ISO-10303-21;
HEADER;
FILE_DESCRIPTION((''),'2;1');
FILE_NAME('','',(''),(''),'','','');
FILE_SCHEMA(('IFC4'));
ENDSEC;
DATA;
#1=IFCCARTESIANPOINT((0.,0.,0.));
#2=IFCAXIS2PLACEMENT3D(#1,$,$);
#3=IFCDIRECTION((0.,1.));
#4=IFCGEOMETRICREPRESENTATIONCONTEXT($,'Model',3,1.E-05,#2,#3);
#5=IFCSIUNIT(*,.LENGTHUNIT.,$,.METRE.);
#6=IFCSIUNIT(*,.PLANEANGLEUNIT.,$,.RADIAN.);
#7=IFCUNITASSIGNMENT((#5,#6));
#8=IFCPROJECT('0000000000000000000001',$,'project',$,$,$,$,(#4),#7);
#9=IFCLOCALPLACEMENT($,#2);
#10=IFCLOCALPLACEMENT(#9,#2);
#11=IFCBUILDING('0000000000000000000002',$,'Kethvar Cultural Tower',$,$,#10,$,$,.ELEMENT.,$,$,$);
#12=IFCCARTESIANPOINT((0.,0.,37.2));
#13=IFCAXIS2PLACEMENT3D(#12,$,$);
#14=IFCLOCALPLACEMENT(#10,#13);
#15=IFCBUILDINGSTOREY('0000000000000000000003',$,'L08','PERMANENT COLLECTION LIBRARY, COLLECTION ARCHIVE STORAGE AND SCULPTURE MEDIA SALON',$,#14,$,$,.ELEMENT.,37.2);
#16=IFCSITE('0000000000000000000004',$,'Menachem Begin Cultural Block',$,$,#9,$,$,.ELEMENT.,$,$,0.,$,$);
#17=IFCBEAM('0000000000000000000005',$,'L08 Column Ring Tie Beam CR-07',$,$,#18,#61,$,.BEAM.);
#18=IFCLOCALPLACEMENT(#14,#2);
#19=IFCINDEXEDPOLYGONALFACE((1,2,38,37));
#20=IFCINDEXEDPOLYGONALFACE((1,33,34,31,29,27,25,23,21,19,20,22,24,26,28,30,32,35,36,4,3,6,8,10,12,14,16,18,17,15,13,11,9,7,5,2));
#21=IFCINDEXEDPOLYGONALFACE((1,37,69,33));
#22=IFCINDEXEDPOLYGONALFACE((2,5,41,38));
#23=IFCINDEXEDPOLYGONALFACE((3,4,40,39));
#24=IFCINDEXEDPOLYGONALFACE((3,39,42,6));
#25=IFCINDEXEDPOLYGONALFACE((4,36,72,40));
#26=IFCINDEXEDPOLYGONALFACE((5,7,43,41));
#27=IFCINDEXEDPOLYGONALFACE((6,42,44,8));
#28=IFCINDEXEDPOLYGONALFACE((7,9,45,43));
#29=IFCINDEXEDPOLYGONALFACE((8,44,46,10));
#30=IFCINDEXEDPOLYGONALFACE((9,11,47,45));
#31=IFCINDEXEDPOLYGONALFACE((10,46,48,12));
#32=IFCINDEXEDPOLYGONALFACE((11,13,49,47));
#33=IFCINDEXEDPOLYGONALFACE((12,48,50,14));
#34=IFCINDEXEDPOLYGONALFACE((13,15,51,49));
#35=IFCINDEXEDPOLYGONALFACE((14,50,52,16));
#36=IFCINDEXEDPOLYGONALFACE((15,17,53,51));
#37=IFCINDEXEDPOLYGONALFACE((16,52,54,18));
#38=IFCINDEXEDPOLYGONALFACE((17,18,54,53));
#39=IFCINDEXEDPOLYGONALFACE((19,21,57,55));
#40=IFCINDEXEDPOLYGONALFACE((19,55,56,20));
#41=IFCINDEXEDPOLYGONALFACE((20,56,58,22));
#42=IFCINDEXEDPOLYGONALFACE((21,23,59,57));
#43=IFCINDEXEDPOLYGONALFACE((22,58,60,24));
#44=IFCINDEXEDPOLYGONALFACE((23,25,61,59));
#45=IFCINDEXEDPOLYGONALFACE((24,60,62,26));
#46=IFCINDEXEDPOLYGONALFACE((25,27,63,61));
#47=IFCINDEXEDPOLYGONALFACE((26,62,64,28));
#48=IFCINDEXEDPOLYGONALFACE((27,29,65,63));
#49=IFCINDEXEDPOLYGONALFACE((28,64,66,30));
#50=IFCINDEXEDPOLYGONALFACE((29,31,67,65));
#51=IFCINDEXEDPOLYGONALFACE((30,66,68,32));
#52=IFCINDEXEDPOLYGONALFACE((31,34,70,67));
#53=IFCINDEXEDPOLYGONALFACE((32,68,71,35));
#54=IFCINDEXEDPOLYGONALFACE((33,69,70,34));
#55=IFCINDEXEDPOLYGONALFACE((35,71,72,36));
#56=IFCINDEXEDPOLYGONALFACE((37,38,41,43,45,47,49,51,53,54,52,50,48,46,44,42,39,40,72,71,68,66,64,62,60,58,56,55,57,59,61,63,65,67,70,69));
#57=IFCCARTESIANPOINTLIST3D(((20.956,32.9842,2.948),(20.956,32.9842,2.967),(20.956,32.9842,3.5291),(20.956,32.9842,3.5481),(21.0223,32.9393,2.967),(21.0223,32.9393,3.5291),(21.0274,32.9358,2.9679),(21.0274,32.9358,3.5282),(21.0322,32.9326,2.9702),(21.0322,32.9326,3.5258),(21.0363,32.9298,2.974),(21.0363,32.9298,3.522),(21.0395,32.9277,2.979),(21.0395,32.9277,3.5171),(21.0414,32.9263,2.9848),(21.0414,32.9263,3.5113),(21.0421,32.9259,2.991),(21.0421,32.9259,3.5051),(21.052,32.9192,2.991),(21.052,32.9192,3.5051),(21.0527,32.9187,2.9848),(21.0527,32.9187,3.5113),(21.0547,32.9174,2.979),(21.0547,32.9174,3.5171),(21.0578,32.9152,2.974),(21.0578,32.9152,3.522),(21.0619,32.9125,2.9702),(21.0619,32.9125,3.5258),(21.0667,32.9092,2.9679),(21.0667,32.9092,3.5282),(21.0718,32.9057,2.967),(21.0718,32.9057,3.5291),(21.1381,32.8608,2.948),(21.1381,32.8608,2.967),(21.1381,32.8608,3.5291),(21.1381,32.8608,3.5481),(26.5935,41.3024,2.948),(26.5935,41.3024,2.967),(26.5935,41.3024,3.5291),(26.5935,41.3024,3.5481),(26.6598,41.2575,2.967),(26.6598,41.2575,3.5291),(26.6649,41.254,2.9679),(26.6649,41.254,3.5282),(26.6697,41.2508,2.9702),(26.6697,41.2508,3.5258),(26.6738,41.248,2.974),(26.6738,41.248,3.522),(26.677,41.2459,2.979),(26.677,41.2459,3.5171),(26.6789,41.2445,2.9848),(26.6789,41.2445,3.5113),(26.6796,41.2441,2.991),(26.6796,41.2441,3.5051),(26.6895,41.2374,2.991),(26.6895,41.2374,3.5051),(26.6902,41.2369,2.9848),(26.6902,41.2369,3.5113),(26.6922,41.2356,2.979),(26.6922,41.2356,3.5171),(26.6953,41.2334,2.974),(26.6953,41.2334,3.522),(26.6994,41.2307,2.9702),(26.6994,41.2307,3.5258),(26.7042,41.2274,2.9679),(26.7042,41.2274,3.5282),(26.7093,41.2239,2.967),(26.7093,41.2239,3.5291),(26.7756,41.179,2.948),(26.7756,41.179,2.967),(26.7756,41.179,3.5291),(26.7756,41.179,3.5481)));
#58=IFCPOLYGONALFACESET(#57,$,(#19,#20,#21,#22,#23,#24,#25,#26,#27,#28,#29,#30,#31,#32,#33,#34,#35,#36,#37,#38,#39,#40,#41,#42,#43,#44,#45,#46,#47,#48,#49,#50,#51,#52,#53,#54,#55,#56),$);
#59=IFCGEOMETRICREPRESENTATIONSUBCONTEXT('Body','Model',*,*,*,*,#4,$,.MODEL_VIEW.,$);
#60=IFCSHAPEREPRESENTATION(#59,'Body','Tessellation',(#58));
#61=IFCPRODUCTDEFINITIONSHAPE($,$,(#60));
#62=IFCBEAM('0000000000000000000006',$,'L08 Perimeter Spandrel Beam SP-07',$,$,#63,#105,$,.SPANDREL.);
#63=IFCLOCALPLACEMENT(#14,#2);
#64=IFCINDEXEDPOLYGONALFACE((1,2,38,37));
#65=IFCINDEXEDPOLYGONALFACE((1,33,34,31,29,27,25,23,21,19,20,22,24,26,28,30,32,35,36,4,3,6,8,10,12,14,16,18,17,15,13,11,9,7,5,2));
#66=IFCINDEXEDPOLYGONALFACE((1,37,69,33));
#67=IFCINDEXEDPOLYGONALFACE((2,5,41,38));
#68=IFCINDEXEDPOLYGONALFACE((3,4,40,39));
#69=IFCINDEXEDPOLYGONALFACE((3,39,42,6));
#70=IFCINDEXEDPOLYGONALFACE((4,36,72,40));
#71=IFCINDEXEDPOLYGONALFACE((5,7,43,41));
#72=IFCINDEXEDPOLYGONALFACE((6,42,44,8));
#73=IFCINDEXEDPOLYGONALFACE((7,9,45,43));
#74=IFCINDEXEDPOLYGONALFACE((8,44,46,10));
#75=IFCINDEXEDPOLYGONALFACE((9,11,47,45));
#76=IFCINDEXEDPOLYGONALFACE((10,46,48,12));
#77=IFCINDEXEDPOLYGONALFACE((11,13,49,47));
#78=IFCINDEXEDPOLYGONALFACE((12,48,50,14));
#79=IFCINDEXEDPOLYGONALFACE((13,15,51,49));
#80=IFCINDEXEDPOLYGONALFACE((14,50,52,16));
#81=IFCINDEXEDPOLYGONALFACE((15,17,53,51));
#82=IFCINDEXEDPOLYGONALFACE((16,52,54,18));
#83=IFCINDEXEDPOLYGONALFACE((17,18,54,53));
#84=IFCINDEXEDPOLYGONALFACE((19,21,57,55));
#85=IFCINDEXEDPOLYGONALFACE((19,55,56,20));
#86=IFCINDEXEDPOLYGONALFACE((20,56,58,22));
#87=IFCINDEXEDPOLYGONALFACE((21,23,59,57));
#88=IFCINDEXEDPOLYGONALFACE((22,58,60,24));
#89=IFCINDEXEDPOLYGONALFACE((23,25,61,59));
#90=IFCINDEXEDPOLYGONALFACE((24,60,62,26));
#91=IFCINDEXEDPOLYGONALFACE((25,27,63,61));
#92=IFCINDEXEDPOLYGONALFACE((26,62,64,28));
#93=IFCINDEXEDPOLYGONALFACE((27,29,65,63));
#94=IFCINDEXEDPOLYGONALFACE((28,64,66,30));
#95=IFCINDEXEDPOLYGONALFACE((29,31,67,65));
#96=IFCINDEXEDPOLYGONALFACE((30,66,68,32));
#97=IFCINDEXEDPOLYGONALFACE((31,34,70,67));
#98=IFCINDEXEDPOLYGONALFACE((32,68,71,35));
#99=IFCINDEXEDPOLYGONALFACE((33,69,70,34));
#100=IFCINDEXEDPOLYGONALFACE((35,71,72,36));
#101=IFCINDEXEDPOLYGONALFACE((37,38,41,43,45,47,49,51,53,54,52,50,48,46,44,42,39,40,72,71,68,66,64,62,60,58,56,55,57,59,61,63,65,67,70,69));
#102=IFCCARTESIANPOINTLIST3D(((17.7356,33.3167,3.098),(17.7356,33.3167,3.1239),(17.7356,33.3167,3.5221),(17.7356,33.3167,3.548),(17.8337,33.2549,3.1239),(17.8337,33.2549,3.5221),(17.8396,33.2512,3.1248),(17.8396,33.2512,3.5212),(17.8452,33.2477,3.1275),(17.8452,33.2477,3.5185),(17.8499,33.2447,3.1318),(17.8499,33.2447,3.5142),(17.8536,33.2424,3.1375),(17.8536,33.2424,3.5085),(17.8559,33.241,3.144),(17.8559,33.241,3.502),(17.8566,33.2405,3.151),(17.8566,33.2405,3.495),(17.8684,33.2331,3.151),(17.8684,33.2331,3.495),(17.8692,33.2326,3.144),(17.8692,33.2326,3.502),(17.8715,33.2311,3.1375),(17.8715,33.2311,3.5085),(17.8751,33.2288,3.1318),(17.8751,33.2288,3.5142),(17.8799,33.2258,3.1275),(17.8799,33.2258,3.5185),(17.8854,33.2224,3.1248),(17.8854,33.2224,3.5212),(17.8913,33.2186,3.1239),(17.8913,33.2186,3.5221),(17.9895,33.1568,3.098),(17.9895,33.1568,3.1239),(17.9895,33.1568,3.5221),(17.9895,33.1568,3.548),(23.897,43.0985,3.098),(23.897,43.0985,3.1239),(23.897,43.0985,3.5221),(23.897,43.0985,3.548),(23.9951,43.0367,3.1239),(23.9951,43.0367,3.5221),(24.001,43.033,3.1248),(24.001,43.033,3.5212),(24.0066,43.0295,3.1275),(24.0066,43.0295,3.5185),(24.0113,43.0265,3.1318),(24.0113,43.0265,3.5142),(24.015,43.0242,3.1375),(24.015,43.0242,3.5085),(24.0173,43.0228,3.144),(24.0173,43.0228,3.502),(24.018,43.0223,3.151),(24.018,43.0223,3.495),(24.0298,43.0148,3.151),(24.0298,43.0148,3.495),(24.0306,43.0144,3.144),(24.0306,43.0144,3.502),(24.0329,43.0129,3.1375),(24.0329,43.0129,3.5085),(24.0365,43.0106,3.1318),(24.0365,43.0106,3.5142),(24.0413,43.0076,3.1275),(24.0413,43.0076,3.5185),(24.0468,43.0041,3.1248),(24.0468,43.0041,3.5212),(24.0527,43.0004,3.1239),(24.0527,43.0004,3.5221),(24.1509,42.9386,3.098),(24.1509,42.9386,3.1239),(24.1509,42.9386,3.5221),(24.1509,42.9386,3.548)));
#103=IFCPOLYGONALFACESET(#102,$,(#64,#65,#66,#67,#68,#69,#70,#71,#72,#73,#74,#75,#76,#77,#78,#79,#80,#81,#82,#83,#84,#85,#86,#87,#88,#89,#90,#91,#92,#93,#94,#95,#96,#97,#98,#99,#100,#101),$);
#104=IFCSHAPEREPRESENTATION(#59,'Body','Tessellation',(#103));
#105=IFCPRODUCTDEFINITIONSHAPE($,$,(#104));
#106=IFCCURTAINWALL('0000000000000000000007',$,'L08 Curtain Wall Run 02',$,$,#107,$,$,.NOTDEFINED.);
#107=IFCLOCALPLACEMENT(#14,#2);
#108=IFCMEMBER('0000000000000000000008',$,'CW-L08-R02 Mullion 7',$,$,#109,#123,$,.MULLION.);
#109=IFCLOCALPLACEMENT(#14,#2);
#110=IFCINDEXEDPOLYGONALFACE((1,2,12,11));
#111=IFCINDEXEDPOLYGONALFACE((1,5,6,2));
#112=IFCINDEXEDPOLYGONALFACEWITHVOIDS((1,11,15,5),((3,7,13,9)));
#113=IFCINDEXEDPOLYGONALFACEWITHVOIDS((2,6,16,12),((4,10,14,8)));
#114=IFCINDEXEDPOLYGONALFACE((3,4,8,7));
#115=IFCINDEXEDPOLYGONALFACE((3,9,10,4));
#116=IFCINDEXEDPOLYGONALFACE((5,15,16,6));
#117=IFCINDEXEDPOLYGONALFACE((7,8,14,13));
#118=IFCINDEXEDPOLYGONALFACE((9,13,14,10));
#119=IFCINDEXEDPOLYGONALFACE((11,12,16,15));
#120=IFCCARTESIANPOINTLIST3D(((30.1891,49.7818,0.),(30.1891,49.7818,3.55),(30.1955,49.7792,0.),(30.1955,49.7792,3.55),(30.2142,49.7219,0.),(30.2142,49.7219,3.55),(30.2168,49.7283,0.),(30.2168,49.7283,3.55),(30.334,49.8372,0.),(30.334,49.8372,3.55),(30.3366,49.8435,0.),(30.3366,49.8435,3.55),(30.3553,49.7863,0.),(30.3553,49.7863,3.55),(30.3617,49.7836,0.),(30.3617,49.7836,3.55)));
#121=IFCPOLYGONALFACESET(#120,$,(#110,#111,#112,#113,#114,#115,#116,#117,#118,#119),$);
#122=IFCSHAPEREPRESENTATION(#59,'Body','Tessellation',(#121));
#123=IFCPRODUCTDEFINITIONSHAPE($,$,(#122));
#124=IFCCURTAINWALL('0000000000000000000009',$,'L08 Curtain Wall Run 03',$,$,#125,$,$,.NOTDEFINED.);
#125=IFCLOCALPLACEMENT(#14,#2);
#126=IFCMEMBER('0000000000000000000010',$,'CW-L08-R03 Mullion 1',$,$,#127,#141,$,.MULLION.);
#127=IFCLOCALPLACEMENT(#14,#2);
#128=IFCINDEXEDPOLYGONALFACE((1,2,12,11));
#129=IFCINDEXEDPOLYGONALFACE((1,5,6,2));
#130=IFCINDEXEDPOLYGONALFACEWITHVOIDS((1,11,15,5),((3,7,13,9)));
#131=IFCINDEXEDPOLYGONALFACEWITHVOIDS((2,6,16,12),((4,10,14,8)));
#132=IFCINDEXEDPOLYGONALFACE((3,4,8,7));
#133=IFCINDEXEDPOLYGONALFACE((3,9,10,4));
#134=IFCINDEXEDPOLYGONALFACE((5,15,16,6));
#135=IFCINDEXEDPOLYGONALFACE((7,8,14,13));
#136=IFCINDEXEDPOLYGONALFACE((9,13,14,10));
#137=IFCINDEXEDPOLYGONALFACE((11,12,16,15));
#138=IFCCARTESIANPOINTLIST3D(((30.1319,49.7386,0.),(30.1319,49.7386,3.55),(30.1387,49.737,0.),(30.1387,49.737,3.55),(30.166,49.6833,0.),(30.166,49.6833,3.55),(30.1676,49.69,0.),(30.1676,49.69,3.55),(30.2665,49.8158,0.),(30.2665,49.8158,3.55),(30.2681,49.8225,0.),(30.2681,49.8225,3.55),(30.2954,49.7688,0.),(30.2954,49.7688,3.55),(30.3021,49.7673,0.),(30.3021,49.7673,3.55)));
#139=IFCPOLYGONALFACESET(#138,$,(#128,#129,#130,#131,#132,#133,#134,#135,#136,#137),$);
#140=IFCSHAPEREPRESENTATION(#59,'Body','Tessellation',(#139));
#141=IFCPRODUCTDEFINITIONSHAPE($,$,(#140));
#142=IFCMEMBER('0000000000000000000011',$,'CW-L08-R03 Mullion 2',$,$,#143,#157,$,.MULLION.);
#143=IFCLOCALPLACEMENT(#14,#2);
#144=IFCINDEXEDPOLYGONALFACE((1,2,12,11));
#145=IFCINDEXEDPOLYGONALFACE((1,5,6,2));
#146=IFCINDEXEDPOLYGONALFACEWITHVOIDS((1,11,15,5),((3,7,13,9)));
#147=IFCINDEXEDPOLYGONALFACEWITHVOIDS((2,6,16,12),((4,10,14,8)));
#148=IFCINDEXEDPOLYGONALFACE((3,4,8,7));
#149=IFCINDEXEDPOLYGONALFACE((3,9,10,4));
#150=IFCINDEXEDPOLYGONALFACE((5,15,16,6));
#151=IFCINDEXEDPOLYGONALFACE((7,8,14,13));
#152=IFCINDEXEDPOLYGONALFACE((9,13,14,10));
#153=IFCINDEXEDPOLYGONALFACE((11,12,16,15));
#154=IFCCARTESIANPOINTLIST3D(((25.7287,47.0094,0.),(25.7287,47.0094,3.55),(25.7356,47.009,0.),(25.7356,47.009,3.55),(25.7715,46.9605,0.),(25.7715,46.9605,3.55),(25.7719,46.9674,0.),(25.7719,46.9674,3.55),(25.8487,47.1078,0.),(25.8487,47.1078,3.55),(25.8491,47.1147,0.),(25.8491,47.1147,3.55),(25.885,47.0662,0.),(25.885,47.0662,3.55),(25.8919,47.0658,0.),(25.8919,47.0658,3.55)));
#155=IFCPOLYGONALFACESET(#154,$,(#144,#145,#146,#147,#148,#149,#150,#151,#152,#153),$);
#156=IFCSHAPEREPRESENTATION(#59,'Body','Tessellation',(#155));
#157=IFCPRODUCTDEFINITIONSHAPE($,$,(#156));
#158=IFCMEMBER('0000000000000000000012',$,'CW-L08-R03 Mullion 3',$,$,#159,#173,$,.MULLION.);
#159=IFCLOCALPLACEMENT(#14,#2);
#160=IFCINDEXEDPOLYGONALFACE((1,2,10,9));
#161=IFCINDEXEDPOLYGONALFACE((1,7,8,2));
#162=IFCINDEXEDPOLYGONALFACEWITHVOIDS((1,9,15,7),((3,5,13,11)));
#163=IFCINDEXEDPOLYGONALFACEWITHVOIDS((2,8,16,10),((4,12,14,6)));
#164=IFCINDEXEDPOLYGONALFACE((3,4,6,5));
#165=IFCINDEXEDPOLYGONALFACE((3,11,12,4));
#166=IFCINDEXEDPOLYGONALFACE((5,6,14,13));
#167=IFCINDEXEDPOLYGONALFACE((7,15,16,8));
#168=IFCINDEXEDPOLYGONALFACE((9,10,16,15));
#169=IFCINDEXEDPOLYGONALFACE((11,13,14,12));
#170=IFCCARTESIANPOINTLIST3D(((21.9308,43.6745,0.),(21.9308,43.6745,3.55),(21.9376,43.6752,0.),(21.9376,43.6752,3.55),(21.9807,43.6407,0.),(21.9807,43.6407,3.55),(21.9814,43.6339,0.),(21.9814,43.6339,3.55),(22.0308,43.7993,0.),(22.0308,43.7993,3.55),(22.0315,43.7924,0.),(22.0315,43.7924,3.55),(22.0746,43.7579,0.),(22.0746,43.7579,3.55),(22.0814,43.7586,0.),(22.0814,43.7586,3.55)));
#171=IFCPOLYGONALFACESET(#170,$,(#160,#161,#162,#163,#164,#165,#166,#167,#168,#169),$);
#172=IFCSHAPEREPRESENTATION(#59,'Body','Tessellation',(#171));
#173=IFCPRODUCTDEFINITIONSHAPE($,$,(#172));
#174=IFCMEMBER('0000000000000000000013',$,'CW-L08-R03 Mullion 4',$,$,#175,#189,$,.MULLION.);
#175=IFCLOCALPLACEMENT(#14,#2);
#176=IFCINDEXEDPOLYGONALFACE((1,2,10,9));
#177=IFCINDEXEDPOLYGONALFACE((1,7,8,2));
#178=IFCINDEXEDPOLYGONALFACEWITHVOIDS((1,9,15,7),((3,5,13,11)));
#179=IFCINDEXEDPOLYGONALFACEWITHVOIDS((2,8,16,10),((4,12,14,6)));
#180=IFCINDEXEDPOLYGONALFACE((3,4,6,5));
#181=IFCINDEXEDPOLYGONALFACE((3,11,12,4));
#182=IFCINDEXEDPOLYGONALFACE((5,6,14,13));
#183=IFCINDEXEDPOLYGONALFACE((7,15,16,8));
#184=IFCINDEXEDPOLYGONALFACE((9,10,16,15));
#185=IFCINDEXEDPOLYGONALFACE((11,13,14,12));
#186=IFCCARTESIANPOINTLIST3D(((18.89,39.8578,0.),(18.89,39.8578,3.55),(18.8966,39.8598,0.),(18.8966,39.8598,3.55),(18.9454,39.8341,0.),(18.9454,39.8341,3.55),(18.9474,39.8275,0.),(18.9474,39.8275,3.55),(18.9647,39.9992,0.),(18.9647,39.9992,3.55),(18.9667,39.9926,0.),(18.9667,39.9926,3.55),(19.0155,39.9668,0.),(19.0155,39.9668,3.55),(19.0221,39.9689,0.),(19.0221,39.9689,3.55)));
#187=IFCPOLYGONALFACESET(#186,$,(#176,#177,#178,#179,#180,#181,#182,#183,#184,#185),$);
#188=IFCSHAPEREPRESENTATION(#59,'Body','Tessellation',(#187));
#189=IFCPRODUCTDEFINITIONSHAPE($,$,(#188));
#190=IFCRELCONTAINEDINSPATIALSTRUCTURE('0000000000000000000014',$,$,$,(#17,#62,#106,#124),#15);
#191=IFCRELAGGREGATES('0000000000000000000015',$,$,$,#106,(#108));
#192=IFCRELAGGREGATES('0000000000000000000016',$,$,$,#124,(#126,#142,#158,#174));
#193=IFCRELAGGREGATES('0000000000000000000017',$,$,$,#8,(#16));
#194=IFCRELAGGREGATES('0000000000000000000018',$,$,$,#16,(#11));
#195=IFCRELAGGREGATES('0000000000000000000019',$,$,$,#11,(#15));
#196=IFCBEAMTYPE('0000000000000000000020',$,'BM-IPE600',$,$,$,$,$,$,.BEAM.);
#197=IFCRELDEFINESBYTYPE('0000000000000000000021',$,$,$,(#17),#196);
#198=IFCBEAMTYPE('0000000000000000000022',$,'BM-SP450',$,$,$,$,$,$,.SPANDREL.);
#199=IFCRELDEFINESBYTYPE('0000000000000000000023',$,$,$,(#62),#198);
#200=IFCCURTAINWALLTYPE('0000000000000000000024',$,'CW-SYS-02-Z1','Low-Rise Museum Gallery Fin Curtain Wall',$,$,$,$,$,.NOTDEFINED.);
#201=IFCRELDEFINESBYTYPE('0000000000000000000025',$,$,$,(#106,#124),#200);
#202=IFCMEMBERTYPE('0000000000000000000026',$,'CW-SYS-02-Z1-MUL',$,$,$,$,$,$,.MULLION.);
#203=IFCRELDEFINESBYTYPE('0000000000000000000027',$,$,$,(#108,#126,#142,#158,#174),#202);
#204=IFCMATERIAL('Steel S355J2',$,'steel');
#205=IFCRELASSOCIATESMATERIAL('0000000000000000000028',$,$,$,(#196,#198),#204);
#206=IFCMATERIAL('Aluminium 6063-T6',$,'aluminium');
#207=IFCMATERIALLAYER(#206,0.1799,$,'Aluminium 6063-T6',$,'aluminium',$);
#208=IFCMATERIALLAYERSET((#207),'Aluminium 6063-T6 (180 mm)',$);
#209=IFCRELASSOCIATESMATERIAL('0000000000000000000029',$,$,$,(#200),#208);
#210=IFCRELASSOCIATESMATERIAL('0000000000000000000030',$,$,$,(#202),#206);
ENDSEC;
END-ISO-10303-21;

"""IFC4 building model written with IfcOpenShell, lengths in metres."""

from ifc_helpers import new_model, si_unit, direction, frame, origin, origin_2d, place, context, subcontext, project, spatial, hollow_rectangle, i_section, extrude, source, transform, mapped, material, layer, layer_set, material_profile, profile_set, type_object, element, aggregate, save


model = new_model("IFC4")

# Units and contexts
model_context = context("Model", 3, precision=1e-05, world=origin(), true_north=direction((0.0, 1.0)))
body_context = subcontext(model_context, "Body", "Model", "MODEL_VIEW")
ifc_project = project(units=[si_unit("LENGTHUNIT", "METRE"), si_unit("PLANEANGLEUNIT", "RADIAN")], contexts=[model_context])

# Site, building, storey
site_placement = place(None, origin())
site = spatial("IfcSite", under=ifc_project, at=site_placement, Name="Menachem Begin Cultural Block", CompositionType="ELEMENT", RefElevation=0.0)
building_placement = place(site_placement, origin())
building = spatial("IfcBuilding", under=site, at=building_placement, Name="Kethvar Cultural Tower", CompositionType="ELEMENT")
storey_placement = place(building_placement, frame((0.0, 0.0, 37.2)))
storey = spatial("IfcBuildingStorey", under=building, at=storey_placement, Name="L08", Description="PERMANENT COLLECTION LIBRARY, COLLECTION ARCHIVE STORAGE AND SCULPTURE MEDIA SALON", CompositionType="ELEMENT", Elevation=37.2)

# Beams
ifc_material_1 = material(Name="Steel S355J2", Category="steel")
ifc_material_profile_1 = material_profile(ifc_material_1, i_section(OverallWidth=0.22, OverallDepth=0.6001, WebThickness=0.012, FlangeThickness=0.019, FilletRadius=0.0239, at=origin_2d()), Name="Steel S355J2 — IPE600")
ifc_profile_set_1 = profile_set([ifc_material_profile_1], Name="Steel S355J2 — IPE600")
beam_type_1 = type_object("IfcBeamType", Name="BM-IPE600", PredefinedType="BEAM", material=ifc_profile_set_1)
ifc_material_profile_2 = material_profile(ifc_material_1, i_section(OverallWidth=0.3, OverallDepth=0.45, WebThickness=0.0139, FlangeThickness=0.0259, FilletRadius=0.0271, at=origin_2d()), Name="Steel S355J2 — HEB450")
ifc_profile_set_2 = profile_set([ifc_material_profile_2], Name="Steel S355J2 — HEB450")
beam_type_2 = type_object("IfcBeamType", Name="BM-SP450", PredefinedType="SPANDREL", material=ifc_profile_set_2)
shared_shape_1 = source(origin(), body_context, "Body", "SweptSolid", [
    extrude(i_section(OverallWidth=0.22, OverallDepth=0.6001, WebThickness=0.012, FlangeThickness=0.019, FilletRadius=0.0239, at=origin_2d()), origin(), (0.0, 0.0, 1.0), 10.0486),
])
beam_1_placement = place(storey_placement, frame((26.6846, 41.2407, 3.248), z_axis=(-0.561025, -0.827799, 0.0), x_axis=(0.827799, -0.561025, 0.0)))
element("IfcBeam", 1, at=beam_1_placement, inside=storey, type_object=beam_type_1, Name="L08 Column Ring Tie Beam CR-07", PredefinedType="BEAM", context=body_context, shape_type="MappedRepresentation", body=[
    mapped(shared_shape_1, transform((0.0, 0.0, 0.0), scale=1.0)),
])
shared_shape_2 = source(origin(), body_context, "Body", "SweptSolid", [
    extrude(i_section(OverallWidth=0.3, OverallDepth=0.45, WebThickness=0.0139, FlangeThickness=0.0259, FilletRadius=0.0271, at=origin_2d()), origin(), (0.0, 0.0, 1.0), 11.5605),
])
beam_2_placement = place(storey_placement, frame((24.0239, 43.0186, 3.323), z_axis=(-0.532968, -0.846135, 0.0), x_axis=(0.846135, -0.532968, 0.0)))
element("IfcBeam", 2, at=beam_2_placement, inside=storey, type_object=beam_type_2, Name="L08 Perimeter Spandrel Beam SP-07", PredefinedType="SPANDREL", context=body_context, shape_type="MappedRepresentation", body=[
    mapped(shared_shape_2, transform((0.0, 0.0, 0.0), scale=1.0)),
])

# Curtain wall, member
ifc_material_2 = material(Name="Aluminium 6063-T6", Category="aluminium")
ifc_layer_1 = layer(ifc_material_2, 0.1799, Name="Aluminium 6063-T6", Category="aluminium")
ifc_layer_set_1 = layer_set([ifc_layer_1], Name="Aluminium 6063-T6 (180 mm)")
curtain_wall_type = type_object("IfcCurtainWallType", Name="CW-SYS-02-Z1", Description="Low-Rise Museum Gallery Fin Curtain Wall", PredefinedType="NOTDEFINED", material=ifc_layer_set_1)
curtain_wall_1_placement = place(storey_placement, origin())
curtain_wall_1 = element("IfcCurtainWall", 3, at=curtain_wall_1_placement, inside=storey, type_object=curtain_wall_type, Name="L08 Curtain Wall Run 02", PredefinedType="NOTDEFINED")
ifc_material_profile_3 = material_profile(ifc_material_2, hollow_rectangle(XDim=0.0649, YDim=0.1599, WallThickness=0.0049, at=origin_2d()), Name="Aluminium 6063-T6 — RHS160x65x5")
ifc_profile_set_3 = profile_set([ifc_material_profile_3], Name="Aluminium 6063-T6 — RHS160x65x5")
member_type_1 = type_object("IfcMemberType", Name="CW-SYS-02-Z1-MUL", PredefinedType="MULLION", material=ifc_profile_set_3)
shared_shape_3 = source(origin(), body_context, "Body", "SweptSolid", [
    extrude(hollow_rectangle(XDim=0.0649, YDim=0.1599, WallThickness=0.0049, at=origin_2d()), origin(), (0.0, 0.0, 1.0), 3.55),
])
member_1_placement = place(storey_placement, frame((30.2754, 49.7827, 0.0), z_axis=(0.0, 0.0, 1.0), x_axis=(0.386228, -0.922403, 0.0)))
member_1 = element("IfcMember", 4, at=member_1_placement, type_object=member_type_1, Name="CW-L08-R02 Mullion 7", PredefinedType="MULLION", context=body_context, shape_type="MappedRepresentation", body=[
    mapped(shared_shape_3, transform((0.0, 0.0, 0.0), scale=1.0)),
])

# Curtain wall, members
curtain_wall_2_placement = place(storey_placement, origin())
curtain_wall_2 = element("IfcCurtainWall", 5, at=curtain_wall_2_placement, inside=storey, type_object=curtain_wall_type, Name="L08 Curtain Wall Run 03", PredefinedType="NOTDEFINED")
member_2_placement = place(storey_placement, frame((30.217, 49.7529, 0.0), z_axis=(0.0, 0.0, 1.0), x_axis=(0.524818, -0.851214, 0.0)))
member_2 = element("IfcMember", 6, at=member_2_placement, type_object=member_type_1, Name="CW-L08-R03 Mullion 1", PredefinedType="MULLION", context=body_context, shape_type="MappedRepresentation", body=[
    mapped(shared_shape_3, transform((0.0, 0.0, 0.0), scale=1.0)),
])
member_3_placement = place(storey_placement, frame((25.8103, 47.0376, 0.0), z_axis=(0.0, 0.0, 1.0), x_axis=(0.657967, -0.753047, 0.0)))
member_3 = element("IfcMember", 7, at=member_3_placement, type_object=member_type_1, Name="CW-L08-R03 Mullion 2", PredefinedType="MULLION", context=body_context, shape_type="MappedRepresentation", body=[
    mapped(shared_shape_3, transform((0.0, 0.0, 0.0), scale=1.0)),
])
member_4_placement = place(storey_placement, frame((22.0061, 43.7166, 0.0), z_axis=(0.0, 0.0, 1.0), x_axis=(0.780409, -0.62527, 0.0)))
member_4 = element("IfcMember", 8, at=member_4_placement, type_object=member_type_1, Name="CW-L08-R03 Mullion 3", PredefinedType="MULLION", context=body_context, shape_type="MappedRepresentation", body=[
    mapped(shared_shape_3, transform((0.0, 0.0, 0.0), scale=1.0)),
])
member_5_placement = place(storey_placement, frame((18.9561, 39.9133, 0.0), z_axis=(0.0, 0.0, 1.0), x_axis=(0.884312, -0.466896, 0.0)))
member_5 = element("IfcMember", 9, at=member_5_placement, type_object=member_type_1, Name="CW-L08-R03 Mullion 4", PredefinedType="MULLION", context=body_context, shape_type="MappedRepresentation", body=[
    mapped(shared_shape_3, transform((0.0, 0.0, 0.0), scale=1.0)),
])

aggregate(curtain_wall_1, [member_1])
aggregate(curtain_wall_2, [member_2, member_3, member_4, member_5])

save(model, "model.ifc")
